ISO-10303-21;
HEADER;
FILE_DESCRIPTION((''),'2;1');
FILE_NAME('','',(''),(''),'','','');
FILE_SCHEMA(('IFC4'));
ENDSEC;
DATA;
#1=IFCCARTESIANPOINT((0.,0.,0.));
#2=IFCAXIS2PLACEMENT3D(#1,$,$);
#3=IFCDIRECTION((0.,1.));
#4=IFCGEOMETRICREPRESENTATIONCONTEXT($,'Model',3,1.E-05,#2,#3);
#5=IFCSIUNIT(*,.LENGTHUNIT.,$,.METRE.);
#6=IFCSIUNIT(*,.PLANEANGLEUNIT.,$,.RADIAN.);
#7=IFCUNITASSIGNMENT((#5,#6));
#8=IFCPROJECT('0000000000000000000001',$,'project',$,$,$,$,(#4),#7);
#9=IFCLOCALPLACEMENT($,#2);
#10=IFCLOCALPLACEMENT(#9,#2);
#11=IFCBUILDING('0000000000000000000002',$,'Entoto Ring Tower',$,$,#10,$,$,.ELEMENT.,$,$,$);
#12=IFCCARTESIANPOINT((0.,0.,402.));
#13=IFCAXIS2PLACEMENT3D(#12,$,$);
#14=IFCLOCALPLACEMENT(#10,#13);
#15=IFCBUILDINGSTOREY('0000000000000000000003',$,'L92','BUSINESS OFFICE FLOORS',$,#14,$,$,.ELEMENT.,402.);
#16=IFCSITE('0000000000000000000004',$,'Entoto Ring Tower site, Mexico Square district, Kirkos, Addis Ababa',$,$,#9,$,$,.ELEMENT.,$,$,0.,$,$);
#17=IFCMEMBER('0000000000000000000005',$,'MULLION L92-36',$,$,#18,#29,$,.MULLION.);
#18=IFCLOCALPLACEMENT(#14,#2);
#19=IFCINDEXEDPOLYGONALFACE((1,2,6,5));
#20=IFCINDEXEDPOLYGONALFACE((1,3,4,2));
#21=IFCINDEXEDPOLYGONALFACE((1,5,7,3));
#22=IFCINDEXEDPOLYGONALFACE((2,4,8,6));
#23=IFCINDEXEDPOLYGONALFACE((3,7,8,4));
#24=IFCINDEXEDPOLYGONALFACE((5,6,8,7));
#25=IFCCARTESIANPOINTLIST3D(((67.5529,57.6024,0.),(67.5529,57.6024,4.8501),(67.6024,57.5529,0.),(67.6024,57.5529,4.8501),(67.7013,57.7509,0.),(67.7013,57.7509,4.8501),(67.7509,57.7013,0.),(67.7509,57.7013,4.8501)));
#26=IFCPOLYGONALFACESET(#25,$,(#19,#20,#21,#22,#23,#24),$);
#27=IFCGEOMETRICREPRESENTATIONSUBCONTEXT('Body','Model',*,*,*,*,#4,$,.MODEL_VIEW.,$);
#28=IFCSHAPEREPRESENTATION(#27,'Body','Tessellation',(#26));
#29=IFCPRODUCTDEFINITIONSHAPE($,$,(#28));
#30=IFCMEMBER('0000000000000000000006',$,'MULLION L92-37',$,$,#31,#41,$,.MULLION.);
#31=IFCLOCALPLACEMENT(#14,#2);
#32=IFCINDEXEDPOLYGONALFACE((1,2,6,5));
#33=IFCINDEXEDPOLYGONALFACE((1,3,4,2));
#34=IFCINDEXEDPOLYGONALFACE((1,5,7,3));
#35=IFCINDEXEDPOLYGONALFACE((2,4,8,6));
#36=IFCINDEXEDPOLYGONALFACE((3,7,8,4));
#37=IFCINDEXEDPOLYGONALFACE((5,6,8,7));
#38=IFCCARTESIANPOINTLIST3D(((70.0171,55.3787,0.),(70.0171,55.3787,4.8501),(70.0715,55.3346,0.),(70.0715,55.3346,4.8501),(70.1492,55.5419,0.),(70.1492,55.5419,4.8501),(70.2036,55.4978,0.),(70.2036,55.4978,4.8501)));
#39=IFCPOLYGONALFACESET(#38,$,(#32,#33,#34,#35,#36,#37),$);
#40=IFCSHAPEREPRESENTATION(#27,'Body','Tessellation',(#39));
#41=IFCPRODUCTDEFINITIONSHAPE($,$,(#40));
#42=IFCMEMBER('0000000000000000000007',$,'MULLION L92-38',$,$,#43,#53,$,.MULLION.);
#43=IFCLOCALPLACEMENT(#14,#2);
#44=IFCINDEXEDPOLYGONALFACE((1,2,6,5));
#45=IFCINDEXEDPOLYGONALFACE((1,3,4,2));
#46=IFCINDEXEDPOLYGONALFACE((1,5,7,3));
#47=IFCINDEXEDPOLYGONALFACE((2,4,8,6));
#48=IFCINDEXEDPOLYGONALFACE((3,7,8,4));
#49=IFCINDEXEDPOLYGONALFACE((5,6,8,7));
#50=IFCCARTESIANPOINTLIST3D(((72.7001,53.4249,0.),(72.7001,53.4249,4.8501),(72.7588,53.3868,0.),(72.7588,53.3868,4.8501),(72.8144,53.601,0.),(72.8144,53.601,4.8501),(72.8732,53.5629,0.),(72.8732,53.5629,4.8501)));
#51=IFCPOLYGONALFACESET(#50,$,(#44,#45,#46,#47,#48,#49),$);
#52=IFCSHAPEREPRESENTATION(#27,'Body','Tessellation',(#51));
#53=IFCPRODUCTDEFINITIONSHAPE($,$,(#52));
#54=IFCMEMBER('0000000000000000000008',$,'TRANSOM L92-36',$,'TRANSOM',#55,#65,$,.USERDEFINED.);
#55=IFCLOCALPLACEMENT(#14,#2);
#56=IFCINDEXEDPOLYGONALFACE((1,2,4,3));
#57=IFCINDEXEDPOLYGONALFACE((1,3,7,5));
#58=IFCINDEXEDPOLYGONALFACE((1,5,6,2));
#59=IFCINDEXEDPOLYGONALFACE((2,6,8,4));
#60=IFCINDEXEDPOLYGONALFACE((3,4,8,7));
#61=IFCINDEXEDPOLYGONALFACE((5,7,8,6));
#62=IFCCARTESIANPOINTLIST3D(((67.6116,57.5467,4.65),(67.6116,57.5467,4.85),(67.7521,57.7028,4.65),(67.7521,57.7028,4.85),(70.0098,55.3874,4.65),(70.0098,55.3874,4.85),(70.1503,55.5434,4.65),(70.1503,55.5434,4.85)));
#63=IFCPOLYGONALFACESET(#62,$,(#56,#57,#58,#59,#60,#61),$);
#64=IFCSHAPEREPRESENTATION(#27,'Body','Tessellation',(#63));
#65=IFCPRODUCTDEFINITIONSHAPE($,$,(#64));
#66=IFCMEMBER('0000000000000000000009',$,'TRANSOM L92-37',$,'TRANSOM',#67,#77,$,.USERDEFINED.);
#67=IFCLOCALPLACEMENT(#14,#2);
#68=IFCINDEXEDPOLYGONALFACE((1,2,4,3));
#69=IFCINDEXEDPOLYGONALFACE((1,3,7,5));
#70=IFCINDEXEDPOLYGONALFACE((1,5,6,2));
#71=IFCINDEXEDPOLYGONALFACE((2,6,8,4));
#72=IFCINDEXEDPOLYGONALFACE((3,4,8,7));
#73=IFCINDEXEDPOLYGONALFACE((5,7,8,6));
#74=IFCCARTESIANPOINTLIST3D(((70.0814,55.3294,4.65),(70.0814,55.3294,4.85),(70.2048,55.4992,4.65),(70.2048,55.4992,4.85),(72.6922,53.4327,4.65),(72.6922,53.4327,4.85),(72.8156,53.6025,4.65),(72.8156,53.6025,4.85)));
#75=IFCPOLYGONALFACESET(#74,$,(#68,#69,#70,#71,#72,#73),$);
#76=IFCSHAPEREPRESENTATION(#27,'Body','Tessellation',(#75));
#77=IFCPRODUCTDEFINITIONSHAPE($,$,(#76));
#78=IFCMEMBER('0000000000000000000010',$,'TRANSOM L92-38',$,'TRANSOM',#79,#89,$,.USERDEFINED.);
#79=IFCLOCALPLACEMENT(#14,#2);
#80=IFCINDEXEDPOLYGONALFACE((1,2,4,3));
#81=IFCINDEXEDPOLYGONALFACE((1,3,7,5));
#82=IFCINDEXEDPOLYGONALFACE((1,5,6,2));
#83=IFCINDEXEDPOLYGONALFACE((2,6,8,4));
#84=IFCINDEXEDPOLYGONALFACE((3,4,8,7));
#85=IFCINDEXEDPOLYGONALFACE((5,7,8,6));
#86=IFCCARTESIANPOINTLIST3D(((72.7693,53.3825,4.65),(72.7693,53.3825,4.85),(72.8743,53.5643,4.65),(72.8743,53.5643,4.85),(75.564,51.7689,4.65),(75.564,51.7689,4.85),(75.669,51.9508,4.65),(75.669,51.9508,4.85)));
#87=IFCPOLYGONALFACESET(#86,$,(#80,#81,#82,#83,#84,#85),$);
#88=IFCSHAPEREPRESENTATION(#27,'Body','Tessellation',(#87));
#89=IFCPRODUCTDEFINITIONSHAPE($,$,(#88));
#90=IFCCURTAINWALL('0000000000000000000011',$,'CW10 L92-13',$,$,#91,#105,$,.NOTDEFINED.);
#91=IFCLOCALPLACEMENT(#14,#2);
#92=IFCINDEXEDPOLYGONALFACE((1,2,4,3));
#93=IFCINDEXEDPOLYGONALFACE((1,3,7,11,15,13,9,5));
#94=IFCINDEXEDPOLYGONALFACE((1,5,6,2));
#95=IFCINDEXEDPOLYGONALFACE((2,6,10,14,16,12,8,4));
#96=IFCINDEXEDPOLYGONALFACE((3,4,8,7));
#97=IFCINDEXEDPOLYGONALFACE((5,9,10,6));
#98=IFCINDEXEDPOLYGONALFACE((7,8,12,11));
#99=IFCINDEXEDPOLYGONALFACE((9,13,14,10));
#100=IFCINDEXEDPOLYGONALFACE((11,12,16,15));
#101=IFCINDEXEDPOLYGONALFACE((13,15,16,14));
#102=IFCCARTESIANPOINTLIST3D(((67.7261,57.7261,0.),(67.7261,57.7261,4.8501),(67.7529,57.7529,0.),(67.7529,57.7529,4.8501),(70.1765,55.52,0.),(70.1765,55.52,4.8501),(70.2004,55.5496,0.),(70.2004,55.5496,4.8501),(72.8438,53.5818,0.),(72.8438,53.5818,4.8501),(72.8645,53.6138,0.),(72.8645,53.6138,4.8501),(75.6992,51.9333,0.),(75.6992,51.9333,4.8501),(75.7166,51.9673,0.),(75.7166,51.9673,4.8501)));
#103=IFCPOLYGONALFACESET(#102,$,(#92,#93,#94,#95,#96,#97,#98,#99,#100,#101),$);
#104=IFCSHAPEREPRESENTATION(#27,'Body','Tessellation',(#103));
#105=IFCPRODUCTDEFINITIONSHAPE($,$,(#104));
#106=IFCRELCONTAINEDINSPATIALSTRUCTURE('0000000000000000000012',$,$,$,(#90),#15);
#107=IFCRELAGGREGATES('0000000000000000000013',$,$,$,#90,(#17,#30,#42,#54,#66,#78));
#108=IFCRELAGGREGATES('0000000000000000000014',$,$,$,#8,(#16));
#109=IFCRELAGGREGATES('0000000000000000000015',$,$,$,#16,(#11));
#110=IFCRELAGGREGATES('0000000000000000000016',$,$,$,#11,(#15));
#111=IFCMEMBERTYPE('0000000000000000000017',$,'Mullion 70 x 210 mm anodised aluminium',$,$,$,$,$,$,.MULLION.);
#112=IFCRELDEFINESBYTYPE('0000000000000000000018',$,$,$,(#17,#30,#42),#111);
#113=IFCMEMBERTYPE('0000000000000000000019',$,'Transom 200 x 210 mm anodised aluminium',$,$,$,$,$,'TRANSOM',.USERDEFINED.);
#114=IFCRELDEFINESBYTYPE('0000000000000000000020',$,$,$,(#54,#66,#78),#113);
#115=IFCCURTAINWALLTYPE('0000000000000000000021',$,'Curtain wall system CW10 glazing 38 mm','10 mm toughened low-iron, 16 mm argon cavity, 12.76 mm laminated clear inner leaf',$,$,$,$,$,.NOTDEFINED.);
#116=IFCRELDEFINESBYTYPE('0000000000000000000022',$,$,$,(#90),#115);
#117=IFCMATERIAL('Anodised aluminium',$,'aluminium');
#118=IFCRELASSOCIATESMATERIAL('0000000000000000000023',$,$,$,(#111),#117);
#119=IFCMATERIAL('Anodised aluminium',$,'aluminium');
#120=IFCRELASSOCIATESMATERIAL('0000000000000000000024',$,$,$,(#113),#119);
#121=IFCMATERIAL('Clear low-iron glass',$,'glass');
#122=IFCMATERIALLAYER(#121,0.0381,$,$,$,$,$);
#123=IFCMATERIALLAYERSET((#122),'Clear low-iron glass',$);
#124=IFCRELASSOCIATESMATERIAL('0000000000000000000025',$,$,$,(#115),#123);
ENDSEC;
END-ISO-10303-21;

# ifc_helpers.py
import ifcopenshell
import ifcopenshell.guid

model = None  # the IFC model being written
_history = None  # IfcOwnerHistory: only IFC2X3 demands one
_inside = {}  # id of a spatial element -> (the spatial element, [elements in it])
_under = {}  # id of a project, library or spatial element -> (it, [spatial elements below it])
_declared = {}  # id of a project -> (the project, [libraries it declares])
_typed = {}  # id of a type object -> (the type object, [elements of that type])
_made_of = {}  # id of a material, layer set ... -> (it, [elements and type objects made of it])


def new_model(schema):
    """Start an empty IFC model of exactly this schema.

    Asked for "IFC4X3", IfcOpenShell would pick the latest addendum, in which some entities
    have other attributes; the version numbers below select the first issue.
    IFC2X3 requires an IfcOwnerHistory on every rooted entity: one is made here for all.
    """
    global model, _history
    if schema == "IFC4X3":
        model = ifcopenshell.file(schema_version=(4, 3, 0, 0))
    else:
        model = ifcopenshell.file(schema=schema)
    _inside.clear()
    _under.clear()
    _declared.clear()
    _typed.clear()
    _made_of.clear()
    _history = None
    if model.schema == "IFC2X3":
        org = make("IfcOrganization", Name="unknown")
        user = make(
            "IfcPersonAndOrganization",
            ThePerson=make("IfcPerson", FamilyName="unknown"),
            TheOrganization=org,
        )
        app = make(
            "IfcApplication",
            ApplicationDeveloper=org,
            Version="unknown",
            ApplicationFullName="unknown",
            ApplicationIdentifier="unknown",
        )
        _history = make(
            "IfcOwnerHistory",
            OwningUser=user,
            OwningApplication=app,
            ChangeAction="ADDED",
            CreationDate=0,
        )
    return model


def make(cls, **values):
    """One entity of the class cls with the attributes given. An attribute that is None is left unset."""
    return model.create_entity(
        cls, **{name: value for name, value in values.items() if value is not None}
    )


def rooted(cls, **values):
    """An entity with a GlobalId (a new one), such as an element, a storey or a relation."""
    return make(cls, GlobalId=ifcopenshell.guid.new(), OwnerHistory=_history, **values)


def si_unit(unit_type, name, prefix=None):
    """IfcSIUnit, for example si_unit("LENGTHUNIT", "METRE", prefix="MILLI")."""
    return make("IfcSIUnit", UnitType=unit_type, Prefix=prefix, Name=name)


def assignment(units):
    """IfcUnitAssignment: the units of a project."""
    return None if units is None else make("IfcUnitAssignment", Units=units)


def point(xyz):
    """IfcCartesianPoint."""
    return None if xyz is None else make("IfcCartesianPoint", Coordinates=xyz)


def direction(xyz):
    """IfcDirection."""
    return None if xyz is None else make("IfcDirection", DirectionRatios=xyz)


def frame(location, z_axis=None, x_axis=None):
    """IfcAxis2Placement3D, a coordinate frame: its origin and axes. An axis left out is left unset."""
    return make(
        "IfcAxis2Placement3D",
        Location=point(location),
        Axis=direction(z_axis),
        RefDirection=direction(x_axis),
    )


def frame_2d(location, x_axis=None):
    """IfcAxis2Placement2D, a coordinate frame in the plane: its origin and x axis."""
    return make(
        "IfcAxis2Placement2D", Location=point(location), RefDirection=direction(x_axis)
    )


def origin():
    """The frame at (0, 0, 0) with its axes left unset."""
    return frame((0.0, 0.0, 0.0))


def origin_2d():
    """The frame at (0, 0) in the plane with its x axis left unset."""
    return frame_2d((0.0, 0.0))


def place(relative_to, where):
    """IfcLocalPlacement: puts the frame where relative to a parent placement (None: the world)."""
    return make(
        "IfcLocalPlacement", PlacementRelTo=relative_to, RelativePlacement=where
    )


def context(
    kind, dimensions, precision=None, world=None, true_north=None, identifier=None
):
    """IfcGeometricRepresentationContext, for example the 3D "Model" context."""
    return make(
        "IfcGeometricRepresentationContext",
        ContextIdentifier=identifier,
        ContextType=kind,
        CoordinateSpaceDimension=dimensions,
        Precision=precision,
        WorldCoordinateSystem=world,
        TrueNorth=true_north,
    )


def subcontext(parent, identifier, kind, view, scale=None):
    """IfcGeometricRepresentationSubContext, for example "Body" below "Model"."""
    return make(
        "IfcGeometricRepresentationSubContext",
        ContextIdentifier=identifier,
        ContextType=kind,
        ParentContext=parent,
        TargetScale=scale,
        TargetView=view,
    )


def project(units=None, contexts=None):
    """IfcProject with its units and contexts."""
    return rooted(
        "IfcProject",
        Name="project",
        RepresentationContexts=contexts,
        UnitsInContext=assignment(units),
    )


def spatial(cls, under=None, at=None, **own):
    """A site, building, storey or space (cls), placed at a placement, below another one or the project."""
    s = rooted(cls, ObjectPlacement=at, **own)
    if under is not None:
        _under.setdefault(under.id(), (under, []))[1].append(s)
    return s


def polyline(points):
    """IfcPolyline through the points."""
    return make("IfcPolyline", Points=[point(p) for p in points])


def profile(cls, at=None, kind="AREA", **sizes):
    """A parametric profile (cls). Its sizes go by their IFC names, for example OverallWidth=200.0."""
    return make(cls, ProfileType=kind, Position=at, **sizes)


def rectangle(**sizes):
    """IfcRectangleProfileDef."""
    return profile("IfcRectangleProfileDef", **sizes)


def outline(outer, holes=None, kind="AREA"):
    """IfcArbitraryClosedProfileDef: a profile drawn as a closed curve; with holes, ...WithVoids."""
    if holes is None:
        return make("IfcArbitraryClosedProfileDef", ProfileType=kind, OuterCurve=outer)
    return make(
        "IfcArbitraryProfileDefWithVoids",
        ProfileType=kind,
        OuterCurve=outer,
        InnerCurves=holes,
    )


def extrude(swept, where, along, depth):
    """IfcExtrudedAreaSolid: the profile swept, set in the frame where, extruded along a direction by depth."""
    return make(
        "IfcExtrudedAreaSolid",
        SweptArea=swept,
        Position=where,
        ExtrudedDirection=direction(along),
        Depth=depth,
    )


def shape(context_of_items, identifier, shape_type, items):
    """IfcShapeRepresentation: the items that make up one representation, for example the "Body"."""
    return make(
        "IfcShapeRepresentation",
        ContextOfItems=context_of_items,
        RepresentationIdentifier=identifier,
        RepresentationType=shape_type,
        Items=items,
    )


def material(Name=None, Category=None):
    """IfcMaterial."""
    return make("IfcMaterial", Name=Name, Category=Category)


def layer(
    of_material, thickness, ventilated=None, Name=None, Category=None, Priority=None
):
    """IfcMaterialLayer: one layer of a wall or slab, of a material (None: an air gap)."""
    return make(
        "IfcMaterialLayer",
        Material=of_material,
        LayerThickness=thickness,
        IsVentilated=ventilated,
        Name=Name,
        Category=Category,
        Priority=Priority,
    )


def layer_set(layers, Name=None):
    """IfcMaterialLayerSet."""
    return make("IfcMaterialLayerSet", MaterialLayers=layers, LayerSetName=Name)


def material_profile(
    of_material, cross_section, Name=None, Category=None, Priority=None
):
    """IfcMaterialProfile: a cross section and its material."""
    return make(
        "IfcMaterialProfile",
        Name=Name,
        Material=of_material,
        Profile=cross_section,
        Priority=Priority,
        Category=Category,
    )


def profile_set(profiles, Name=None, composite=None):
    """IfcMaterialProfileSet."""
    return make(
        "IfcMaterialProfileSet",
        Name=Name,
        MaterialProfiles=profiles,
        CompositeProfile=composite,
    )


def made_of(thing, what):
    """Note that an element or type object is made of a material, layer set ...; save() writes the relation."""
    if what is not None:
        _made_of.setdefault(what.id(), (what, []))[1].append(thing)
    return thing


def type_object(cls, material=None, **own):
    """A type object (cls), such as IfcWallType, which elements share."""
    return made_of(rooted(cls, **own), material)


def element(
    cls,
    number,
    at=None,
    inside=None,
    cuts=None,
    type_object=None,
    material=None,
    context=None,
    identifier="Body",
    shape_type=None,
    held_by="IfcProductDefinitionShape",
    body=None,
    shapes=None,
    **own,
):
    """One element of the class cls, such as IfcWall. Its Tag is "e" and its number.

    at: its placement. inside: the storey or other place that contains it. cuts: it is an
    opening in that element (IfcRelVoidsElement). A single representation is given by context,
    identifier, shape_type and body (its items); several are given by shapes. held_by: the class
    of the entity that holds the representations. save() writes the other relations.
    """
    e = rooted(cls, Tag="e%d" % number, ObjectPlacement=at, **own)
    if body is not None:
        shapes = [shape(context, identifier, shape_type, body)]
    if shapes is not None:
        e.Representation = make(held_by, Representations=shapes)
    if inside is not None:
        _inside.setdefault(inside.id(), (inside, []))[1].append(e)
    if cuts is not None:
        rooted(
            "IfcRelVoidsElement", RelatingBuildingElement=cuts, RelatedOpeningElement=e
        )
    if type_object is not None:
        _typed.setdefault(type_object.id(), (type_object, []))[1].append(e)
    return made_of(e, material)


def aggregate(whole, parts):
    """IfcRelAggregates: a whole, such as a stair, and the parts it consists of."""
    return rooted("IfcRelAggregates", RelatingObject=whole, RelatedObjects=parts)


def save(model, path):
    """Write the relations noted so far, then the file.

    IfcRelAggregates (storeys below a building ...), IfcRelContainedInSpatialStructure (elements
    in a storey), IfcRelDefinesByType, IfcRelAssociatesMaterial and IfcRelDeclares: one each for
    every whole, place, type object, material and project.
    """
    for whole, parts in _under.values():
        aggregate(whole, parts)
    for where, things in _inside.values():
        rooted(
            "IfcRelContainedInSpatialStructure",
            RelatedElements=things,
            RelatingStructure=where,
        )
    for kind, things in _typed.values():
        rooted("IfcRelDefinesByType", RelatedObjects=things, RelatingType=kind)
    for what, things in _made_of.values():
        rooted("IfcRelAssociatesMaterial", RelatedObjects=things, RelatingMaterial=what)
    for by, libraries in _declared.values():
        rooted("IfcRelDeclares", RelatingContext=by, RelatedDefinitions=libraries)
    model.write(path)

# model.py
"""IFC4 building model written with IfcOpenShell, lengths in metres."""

from ifc_helpers import new_model, si_unit, direction, frame, origin, origin_2d, place, context, subcontext, project, spatial, polyline, rectangle, outline, extrude, material, layer, layer_set, material_profile, profile_set, type_object, element, aggregate, save


model = new_model("IFC4")

# Units and contexts
model_context = context("Model", 3, precision=1e-05, world=origin(), true_north=direction((0.0, 1.0)))
body_context = subcontext(model_context, "Body", "Model", "MODEL_VIEW")
ifc_project = project(units=[si_unit("LENGTHUNIT", "METRE"), si_unit("PLANEANGLEUNIT", "RADIAN")], contexts=[model_context])

# Members
ifc_material_1 = material(Name="Anodised aluminium", Category="aluminium")
ifc_material_profile_1 = material_profile(ifc_material_1, rectangle(XDim=0.0701, YDim=0.21, at=origin_2d()), Name="Mullion 70 x 210 mm anodised aluminium")
ifc_profile_set_1 = profile_set([ifc_material_profile_1], Name="Anodised aluminium")
member_type_1 = type_object("IfcMemberType", Name="Mullion 70 x 210 mm anodised aluminium", PredefinedType="MULLION", material=ifc_profile_set_1)
site_placement = place(None, origin())
building_placement = place(site_placement, origin())
storey_placement = place(building_placement, frame((0.0, 0.0, 402.0)))
member_1_placement = place(storey_placement, frame((67.6519, 57.6519, 0.0), z_axis=(0.0, 0.0, 1.0), x_axis=(0.707107, -0.707107, 0.0)))
member_1 = element("IfcMember", 1, at=member_1_placement, type_object=member_type_1, Name="MULLION L92-36", PredefinedType="MULLION", context=body_context, shape_type="SweptSolid", body=[
    extrude(rectangle(XDim=0.0701, YDim=0.21, at=origin_2d()), origin(), (0.0, 0.0, 1.0), 4.8501),
])
member_2_placement = place(storey_placement, frame((70.1104, 55.4382, 0.0), z_axis=(0.0, 0.0, 1.0), x_axis=(0.777146, -0.62932, 0.0)))
member_2 = element("IfcMember", 2, at=member_2_placement, type_object=member_type_1, Name="MULLION L92-37", PredefinedType="MULLION", context=body_context, shape_type="SweptSolid", body=[
    extrude(rectangle(XDim=0.0701, YDim=0.21, at=origin_2d()), origin(), (0.0, 0.0, 1.0), 4.8501),
])
member_3_placement = place(storey_placement, frame((72.7866, 53.4939, 0.0), z_axis=(0.0, 0.0, 1.0), x_axis=(0.838671, -0.544639, 0.0)))
member_3 = element("IfcMember", 3, at=member_3_placement, type_object=member_type_1, Name="MULLION L92-38", PredefinedType="MULLION", context=body_context, shape_type="SweptSolid", body=[
    extrude(rectangle(XDim=0.0701, YDim=0.21, at=origin_2d()), origin(), (0.0, 0.0, 1.0), 4.8501),
])
ifc_material_2 = material(Name="Anodised aluminium", Category="aluminium")
ifc_material_profile_2 = material_profile(ifc_material_2, rectangle(XDim=0.21, YDim=0.2, at=origin_2d()), Name="Transom 200 x 210 mm anodised aluminium")
ifc_profile_set_2 = profile_set([ifc_material_profile_2], Name="Anodised aluminium")
member_type_2 = type_object("IfcMemberType", Name="Transom 200 x 210 mm anodised aluminium", ElementType="TRANSOM", PredefinedType="USERDEFINED", material=ifc_profile_set_2)
member_4_placement = place(storey_placement, frame((67.6819, 57.6248, 4.75), z_axis=(0.743132, -0.669144, 0.0), x_axis=(0.669144, 0.743132, 0.0)))
member_4 = element("IfcMember", 4, at=member_4_placement, type_object=member_type_2, Name="TRANSOM L92-36", ObjectType="TRANSOM", PredefinedType="USERDEFINED", context=body_context, shape_type="SweptSolid", body=[
    extrude(rectangle(XDim=0.21, YDim=0.2, at=origin_2d()), origin(), (0.0, 0.0, 1.0), 3.2271),
])
member_5_placement = place(storey_placement, frame((70.1431, 55.4143, 4.75), z_axis=(0.80904, -0.587753, 0.0), x_axis=(0.587753, 0.80904, 0.0)))
member_5 = element("IfcMember", 5, at=member_5_placement, type_object=member_type_2, Name="TRANSOM L92-37", ObjectType="TRANSOM", PredefinedType="USERDEFINED", context=body_context, shape_type="SweptSolid", body=[
    extrude(rectangle(XDim=0.21, YDim=0.2, at=origin_2d()), origin(), (0.0, 0.0, 1.0), 3.2271),
])
member_6_placement = place(storey_placement, frame((72.8218, 53.4734, 4.75), z_axis=(0.866023, -0.500004, 0.0), x_axis=(0.500004, 0.866023, 0.0)))
member_6 = element("IfcMember", 6, at=member_6_placement, type_object=member_type_2, Name="TRANSOM L92-38", ObjectType="TRANSOM", PredefinedType="USERDEFINED", context=body_context, shape_type="SweptSolid", body=[
    extrude(rectangle(XDim=0.21, YDim=0.2, at=origin_2d()), origin(), (0.0, 0.0, 1.0), 3.2271),
])

# Site, building, storey
site = spatial("IfcSite", under=ifc_project, at=site_placement, Name="Entoto Ring Tower site, Mexico Square district, Kirkos, Addis Ababa", CompositionType="ELEMENT", RefElevation=0.0)
building = spatial("IfcBuilding", under=site, at=building_placement, Name="Entoto Ring Tower", CompositionType="ELEMENT")
storey = spatial("IfcBuildingStorey", under=building, at=storey_placement, Name="L92", Description="BUSINESS OFFICE FLOORS", CompositionType="ELEMENT", Elevation=402.0)

# Curtain wall
ifc_material_3 = material(Name="Clear low-iron glass", Category="glass")
ifc_layer = layer(ifc_material_3, 0.0381)
ifc_layer_set = layer_set([ifc_layer], Name="Clear low-iron glass")
curtain_wall_type = type_object("IfcCurtainWallType", Name="Curtain wall system CW10 glazing 38 mm", Description="10 mm toughened low-iron, 16 mm argon cavity, 12.76 mm laminated clear inner leaf", PredefinedType="NOTDEFINED", material=ifc_layer_set)
curtain_wall_1_placement = place(storey_placement, origin())
curtain_wall_1 = element("IfcCurtainWall", 7, at=curtain_wall_1_placement, inside=storey, type_object=curtain_wall_type, Name="CW10 L92-13", PredefinedType="NOTDEFINED", context=body_context, shape_type="SweptSolid", body=[
    extrude(outline(polyline([(67.7261, 57.7261), (70.1765, 55.52), (72.8438, 53.5818), (75.6992, 51.9333), (75.7166, 51.9673), (72.8645, 53.6138), (70.2004, 55.5496), (67.7529, 57.7529), (67.7261, 57.7261)])), origin(), (0.0, 0.0, 1.0), 4.8501),
])
aggregate(curtain_wall_1, [member_1, member_2, member_3, member_4, member_5, member_6])

save(model, "model.ifc")
